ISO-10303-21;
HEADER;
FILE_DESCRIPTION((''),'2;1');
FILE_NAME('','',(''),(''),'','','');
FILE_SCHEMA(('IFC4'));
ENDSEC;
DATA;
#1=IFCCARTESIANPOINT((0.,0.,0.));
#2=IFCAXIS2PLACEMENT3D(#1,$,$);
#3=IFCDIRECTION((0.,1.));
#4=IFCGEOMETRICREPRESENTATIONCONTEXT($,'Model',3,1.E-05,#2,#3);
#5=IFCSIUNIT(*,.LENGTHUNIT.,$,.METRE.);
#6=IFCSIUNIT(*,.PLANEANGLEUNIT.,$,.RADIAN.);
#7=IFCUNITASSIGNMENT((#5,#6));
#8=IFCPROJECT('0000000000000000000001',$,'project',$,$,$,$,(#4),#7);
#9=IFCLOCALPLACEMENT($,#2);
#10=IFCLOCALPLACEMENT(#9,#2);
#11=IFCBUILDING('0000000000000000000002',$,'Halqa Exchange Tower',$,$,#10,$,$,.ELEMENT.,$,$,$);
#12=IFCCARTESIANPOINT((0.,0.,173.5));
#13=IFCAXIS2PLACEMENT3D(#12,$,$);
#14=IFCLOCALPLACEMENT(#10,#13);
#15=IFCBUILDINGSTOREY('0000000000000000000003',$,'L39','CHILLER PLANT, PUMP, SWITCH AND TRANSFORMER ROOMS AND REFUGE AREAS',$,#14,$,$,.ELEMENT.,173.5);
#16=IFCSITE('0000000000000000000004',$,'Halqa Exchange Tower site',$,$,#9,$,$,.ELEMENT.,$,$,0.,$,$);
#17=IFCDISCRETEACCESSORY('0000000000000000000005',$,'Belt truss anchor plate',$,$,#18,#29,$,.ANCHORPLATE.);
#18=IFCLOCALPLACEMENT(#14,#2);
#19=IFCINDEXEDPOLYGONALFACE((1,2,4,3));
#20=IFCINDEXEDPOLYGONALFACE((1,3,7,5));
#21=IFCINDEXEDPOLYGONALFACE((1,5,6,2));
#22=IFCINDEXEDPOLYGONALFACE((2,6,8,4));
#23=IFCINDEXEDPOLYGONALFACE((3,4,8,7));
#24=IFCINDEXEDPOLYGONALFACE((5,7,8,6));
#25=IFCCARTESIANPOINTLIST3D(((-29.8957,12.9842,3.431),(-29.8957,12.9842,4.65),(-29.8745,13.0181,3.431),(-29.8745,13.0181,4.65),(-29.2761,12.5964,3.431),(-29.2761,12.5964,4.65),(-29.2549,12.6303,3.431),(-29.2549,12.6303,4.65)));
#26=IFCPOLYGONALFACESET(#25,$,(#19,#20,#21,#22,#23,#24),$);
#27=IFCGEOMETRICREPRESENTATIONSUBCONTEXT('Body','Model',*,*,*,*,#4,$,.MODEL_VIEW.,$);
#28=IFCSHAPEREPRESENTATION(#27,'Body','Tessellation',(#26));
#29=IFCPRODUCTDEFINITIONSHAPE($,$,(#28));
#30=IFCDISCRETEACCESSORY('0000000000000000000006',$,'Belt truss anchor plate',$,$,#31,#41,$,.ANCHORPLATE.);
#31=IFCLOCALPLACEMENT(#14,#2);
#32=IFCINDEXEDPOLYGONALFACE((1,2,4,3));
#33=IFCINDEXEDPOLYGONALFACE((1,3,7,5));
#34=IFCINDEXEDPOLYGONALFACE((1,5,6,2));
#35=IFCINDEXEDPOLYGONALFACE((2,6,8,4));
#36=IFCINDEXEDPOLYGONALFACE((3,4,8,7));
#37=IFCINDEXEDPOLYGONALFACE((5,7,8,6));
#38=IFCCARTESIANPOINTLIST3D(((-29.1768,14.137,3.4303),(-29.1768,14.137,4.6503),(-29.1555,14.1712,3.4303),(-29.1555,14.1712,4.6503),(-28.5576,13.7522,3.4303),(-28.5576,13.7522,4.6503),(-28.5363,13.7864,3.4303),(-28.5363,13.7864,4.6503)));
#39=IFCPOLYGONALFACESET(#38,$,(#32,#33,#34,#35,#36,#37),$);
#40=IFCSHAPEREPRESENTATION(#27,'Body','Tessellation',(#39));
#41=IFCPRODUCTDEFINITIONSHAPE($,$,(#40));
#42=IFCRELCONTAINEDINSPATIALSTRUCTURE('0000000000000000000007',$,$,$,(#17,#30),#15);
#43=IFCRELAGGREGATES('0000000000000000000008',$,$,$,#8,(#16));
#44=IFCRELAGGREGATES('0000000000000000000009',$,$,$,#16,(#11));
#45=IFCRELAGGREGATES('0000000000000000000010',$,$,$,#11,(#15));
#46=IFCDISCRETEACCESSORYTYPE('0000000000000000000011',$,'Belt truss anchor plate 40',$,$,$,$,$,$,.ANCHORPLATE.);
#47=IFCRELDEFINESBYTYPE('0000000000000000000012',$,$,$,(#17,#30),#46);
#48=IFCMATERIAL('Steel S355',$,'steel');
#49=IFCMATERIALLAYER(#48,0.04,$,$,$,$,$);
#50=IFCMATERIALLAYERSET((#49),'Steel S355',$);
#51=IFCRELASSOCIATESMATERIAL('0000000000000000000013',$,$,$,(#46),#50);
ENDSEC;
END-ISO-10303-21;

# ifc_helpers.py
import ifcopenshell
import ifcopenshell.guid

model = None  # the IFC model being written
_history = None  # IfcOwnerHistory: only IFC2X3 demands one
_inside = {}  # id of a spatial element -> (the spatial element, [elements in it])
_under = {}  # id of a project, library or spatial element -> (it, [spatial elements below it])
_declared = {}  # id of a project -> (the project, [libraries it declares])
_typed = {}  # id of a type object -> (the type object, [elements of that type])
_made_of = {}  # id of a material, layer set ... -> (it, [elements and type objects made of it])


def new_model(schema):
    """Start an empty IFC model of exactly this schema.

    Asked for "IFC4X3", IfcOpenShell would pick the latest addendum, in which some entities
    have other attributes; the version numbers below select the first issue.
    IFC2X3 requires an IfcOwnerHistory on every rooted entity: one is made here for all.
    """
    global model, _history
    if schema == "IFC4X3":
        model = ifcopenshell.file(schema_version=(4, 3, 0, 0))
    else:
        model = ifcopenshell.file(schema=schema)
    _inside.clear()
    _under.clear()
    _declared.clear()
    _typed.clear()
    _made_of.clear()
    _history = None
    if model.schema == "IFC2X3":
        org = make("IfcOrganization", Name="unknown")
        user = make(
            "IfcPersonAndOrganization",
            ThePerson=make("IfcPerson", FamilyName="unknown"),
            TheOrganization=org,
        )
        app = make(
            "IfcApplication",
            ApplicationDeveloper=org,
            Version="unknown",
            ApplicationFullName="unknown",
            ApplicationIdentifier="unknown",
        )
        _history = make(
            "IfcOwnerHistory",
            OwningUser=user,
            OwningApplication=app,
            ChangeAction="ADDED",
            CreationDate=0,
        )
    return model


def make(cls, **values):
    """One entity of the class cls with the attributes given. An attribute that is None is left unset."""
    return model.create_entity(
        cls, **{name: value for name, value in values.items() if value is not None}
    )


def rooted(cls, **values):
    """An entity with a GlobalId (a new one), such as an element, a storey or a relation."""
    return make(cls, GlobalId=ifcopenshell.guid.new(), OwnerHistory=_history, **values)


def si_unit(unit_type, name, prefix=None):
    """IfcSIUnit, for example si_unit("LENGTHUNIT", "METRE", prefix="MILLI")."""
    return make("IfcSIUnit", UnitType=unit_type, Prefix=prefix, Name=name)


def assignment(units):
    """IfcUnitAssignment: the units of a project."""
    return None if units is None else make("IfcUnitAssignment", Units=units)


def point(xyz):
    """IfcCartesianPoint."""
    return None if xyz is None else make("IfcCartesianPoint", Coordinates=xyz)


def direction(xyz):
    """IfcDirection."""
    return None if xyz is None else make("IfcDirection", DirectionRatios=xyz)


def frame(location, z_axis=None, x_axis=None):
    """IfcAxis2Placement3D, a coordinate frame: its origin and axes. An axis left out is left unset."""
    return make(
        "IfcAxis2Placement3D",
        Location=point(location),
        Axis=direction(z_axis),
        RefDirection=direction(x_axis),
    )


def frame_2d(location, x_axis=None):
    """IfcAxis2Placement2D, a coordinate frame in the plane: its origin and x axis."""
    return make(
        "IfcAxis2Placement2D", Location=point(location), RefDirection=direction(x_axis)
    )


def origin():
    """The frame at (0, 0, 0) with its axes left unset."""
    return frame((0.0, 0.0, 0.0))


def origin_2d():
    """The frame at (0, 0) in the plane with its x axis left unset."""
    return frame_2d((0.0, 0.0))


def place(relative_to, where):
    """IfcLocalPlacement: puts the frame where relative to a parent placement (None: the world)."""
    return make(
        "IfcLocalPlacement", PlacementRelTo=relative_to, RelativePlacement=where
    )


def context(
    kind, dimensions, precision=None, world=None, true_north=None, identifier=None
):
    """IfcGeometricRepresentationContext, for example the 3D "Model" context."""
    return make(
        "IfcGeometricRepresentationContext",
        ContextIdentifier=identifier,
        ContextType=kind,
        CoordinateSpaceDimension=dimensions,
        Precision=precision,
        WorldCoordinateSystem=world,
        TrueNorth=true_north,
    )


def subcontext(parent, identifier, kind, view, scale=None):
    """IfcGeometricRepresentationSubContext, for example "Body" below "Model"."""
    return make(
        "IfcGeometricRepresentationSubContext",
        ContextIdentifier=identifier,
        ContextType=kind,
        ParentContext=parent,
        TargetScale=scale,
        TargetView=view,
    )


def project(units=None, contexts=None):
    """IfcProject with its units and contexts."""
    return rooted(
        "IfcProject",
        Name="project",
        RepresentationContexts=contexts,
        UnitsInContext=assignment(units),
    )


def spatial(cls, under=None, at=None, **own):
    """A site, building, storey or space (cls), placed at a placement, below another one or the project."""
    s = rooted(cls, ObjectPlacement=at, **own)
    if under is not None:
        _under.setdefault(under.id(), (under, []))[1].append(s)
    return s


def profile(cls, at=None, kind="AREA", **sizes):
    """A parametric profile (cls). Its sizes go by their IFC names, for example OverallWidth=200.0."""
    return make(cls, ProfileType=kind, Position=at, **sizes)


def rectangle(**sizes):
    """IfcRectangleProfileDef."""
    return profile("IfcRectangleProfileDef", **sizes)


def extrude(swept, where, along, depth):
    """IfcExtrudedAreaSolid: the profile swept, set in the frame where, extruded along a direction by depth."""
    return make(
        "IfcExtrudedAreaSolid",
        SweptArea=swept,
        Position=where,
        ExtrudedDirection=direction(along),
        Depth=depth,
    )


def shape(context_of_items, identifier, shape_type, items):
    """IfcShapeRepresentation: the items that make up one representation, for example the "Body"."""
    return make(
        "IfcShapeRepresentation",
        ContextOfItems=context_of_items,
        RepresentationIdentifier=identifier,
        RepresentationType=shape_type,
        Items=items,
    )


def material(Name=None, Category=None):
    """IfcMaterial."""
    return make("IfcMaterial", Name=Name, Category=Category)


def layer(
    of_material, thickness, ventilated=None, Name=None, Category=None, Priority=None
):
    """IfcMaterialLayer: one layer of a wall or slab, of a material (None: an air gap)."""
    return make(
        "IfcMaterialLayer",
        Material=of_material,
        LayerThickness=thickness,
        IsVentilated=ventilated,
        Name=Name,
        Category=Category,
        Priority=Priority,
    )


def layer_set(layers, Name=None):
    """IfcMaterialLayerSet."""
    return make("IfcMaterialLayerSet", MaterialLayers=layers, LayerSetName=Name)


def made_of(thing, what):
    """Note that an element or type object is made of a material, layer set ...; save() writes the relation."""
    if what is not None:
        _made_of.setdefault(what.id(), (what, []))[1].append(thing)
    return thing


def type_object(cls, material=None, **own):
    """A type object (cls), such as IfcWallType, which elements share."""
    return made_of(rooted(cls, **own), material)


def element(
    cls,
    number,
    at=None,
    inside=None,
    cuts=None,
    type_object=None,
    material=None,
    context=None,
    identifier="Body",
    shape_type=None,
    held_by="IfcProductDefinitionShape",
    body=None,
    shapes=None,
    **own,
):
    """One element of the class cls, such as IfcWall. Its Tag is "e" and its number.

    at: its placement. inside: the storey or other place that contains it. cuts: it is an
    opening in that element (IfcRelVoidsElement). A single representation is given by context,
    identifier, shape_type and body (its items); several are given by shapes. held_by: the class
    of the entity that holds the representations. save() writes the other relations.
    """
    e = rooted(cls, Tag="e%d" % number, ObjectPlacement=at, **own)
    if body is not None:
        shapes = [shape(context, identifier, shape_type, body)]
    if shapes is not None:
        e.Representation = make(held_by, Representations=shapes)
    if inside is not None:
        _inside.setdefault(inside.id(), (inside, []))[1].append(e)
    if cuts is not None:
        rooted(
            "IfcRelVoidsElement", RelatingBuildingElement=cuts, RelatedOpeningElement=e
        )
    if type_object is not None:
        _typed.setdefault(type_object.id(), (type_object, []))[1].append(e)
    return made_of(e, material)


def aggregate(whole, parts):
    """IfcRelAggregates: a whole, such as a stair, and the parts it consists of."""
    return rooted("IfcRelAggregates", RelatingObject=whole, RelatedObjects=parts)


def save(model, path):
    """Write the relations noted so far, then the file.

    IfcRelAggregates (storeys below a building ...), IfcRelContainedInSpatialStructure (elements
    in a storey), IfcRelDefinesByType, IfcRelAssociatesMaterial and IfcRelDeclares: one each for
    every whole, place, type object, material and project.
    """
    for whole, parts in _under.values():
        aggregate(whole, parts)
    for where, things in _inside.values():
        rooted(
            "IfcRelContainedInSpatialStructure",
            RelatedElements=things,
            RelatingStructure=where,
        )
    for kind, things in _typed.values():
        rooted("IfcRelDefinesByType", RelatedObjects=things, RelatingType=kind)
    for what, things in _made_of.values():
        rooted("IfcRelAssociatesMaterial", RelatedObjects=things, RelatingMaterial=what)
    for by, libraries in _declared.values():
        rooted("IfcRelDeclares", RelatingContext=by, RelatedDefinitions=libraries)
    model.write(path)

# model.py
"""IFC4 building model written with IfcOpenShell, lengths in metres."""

from ifc_helpers import new_model, si_unit, direction, frame, origin, origin_2d, place, context, subcontext, project, spatial, rectangle, extrude, material, layer, layer_set, type_object, element, save


model = new_model("IFC4")

# Units and contexts
model_context = context("Model", 3, precision=1e-05, world=origin(), true_north=direction((0.0, 1.0)))
body_context = subcontext(model_context, "Body", "Model", "MODEL_VIEW")
ifc_project = project(units=[si_unit("LENGTHUNIT", "METRE"), si_unit("PLANEANGLEUNIT", "RADIAN")], contexts=[model_context])

# Site, building, storey
site_placement = place(None, origin())
site = spatial("IfcSite", under=ifc_project, at=site_placement, Name="Halqa Exchange Tower site", CompositionType="ELEMENT", RefElevation=0.0)
building_placement = place(site_placement, origin())
building = spatial("IfcBuilding", under=site, at=building_placement, Name="Halqa Exchange Tower", CompositionType="ELEMENT")
storey_placement = place(building_placement, frame((0.0, 0.0, 173.5)))
storey = spatial("IfcBuildingStorey", under=building, at=storey_placement, Name="L39", Description="CHILLER PLANT, PUMP, SWITCH AND TRANSFORMER ROOMS AND REFUGE AREAS", CompositionType="ELEMENT", Elevation=173.5)

# Shared definitions
ifc_material_1 = material(Name="Steel S355", Category="steel")

# Discrete accessories
ifc_layer_1 = layer(ifc_material_1, 0.04)
ifc_layer_set_1 = layer_set([ifc_layer_1], Name="Steel S355")
discrete_accessory_type = type_object("IfcDiscreteAccessoryType", Name="Belt truss anchor plate 40", PredefinedType="ANCHORPLATE", material=ifc_layer_set_1)
discrete_accessory_1_placement = place(storey_placement, frame((-29.5647, 12.8242, 4.0405), z_axis=(-0.530547, -0.847656, 0.0), x_axis=(0.847656, -0.530547, 0.0)))
element("IfcDiscreteAccessory", 1, at=discrete_accessory_1_placement, inside=storey, type_object=discrete_accessory_type, Name="Belt truss anchor plate", PredefinedType="ANCHORPLATE", context=body_context, shape_type="SweptSolid", body=[
    extrude(rectangle(XDim=0.731, YDim=1.219, at=origin_2d()), origin(), (0.0, 0.0, 1.0), 0.04),
])
discrete_accessory_2_placement = place(storey_placement, frame((-28.8672, 13.9446, 4.0403), z_axis=(0.527816, 0.849359, 0.0), x_axis=(-0.849359, 0.527816, 0.0)))
element("IfcDiscreteAccessory", 2, at=discrete_accessory_2_placement, inside=storey, type_object=discrete_accessory_type, Name="Belt truss anchor plate", PredefinedType="ANCHORPLATE", context=body_context, shape_type="SweptSolid", body=[
    extrude(rectangle(XDim=0.729, YDim=1.22, at=origin_2d()), origin(), (0.0, 0.0, 1.0), 0.0403),
])

save(model, "model.ifc")
